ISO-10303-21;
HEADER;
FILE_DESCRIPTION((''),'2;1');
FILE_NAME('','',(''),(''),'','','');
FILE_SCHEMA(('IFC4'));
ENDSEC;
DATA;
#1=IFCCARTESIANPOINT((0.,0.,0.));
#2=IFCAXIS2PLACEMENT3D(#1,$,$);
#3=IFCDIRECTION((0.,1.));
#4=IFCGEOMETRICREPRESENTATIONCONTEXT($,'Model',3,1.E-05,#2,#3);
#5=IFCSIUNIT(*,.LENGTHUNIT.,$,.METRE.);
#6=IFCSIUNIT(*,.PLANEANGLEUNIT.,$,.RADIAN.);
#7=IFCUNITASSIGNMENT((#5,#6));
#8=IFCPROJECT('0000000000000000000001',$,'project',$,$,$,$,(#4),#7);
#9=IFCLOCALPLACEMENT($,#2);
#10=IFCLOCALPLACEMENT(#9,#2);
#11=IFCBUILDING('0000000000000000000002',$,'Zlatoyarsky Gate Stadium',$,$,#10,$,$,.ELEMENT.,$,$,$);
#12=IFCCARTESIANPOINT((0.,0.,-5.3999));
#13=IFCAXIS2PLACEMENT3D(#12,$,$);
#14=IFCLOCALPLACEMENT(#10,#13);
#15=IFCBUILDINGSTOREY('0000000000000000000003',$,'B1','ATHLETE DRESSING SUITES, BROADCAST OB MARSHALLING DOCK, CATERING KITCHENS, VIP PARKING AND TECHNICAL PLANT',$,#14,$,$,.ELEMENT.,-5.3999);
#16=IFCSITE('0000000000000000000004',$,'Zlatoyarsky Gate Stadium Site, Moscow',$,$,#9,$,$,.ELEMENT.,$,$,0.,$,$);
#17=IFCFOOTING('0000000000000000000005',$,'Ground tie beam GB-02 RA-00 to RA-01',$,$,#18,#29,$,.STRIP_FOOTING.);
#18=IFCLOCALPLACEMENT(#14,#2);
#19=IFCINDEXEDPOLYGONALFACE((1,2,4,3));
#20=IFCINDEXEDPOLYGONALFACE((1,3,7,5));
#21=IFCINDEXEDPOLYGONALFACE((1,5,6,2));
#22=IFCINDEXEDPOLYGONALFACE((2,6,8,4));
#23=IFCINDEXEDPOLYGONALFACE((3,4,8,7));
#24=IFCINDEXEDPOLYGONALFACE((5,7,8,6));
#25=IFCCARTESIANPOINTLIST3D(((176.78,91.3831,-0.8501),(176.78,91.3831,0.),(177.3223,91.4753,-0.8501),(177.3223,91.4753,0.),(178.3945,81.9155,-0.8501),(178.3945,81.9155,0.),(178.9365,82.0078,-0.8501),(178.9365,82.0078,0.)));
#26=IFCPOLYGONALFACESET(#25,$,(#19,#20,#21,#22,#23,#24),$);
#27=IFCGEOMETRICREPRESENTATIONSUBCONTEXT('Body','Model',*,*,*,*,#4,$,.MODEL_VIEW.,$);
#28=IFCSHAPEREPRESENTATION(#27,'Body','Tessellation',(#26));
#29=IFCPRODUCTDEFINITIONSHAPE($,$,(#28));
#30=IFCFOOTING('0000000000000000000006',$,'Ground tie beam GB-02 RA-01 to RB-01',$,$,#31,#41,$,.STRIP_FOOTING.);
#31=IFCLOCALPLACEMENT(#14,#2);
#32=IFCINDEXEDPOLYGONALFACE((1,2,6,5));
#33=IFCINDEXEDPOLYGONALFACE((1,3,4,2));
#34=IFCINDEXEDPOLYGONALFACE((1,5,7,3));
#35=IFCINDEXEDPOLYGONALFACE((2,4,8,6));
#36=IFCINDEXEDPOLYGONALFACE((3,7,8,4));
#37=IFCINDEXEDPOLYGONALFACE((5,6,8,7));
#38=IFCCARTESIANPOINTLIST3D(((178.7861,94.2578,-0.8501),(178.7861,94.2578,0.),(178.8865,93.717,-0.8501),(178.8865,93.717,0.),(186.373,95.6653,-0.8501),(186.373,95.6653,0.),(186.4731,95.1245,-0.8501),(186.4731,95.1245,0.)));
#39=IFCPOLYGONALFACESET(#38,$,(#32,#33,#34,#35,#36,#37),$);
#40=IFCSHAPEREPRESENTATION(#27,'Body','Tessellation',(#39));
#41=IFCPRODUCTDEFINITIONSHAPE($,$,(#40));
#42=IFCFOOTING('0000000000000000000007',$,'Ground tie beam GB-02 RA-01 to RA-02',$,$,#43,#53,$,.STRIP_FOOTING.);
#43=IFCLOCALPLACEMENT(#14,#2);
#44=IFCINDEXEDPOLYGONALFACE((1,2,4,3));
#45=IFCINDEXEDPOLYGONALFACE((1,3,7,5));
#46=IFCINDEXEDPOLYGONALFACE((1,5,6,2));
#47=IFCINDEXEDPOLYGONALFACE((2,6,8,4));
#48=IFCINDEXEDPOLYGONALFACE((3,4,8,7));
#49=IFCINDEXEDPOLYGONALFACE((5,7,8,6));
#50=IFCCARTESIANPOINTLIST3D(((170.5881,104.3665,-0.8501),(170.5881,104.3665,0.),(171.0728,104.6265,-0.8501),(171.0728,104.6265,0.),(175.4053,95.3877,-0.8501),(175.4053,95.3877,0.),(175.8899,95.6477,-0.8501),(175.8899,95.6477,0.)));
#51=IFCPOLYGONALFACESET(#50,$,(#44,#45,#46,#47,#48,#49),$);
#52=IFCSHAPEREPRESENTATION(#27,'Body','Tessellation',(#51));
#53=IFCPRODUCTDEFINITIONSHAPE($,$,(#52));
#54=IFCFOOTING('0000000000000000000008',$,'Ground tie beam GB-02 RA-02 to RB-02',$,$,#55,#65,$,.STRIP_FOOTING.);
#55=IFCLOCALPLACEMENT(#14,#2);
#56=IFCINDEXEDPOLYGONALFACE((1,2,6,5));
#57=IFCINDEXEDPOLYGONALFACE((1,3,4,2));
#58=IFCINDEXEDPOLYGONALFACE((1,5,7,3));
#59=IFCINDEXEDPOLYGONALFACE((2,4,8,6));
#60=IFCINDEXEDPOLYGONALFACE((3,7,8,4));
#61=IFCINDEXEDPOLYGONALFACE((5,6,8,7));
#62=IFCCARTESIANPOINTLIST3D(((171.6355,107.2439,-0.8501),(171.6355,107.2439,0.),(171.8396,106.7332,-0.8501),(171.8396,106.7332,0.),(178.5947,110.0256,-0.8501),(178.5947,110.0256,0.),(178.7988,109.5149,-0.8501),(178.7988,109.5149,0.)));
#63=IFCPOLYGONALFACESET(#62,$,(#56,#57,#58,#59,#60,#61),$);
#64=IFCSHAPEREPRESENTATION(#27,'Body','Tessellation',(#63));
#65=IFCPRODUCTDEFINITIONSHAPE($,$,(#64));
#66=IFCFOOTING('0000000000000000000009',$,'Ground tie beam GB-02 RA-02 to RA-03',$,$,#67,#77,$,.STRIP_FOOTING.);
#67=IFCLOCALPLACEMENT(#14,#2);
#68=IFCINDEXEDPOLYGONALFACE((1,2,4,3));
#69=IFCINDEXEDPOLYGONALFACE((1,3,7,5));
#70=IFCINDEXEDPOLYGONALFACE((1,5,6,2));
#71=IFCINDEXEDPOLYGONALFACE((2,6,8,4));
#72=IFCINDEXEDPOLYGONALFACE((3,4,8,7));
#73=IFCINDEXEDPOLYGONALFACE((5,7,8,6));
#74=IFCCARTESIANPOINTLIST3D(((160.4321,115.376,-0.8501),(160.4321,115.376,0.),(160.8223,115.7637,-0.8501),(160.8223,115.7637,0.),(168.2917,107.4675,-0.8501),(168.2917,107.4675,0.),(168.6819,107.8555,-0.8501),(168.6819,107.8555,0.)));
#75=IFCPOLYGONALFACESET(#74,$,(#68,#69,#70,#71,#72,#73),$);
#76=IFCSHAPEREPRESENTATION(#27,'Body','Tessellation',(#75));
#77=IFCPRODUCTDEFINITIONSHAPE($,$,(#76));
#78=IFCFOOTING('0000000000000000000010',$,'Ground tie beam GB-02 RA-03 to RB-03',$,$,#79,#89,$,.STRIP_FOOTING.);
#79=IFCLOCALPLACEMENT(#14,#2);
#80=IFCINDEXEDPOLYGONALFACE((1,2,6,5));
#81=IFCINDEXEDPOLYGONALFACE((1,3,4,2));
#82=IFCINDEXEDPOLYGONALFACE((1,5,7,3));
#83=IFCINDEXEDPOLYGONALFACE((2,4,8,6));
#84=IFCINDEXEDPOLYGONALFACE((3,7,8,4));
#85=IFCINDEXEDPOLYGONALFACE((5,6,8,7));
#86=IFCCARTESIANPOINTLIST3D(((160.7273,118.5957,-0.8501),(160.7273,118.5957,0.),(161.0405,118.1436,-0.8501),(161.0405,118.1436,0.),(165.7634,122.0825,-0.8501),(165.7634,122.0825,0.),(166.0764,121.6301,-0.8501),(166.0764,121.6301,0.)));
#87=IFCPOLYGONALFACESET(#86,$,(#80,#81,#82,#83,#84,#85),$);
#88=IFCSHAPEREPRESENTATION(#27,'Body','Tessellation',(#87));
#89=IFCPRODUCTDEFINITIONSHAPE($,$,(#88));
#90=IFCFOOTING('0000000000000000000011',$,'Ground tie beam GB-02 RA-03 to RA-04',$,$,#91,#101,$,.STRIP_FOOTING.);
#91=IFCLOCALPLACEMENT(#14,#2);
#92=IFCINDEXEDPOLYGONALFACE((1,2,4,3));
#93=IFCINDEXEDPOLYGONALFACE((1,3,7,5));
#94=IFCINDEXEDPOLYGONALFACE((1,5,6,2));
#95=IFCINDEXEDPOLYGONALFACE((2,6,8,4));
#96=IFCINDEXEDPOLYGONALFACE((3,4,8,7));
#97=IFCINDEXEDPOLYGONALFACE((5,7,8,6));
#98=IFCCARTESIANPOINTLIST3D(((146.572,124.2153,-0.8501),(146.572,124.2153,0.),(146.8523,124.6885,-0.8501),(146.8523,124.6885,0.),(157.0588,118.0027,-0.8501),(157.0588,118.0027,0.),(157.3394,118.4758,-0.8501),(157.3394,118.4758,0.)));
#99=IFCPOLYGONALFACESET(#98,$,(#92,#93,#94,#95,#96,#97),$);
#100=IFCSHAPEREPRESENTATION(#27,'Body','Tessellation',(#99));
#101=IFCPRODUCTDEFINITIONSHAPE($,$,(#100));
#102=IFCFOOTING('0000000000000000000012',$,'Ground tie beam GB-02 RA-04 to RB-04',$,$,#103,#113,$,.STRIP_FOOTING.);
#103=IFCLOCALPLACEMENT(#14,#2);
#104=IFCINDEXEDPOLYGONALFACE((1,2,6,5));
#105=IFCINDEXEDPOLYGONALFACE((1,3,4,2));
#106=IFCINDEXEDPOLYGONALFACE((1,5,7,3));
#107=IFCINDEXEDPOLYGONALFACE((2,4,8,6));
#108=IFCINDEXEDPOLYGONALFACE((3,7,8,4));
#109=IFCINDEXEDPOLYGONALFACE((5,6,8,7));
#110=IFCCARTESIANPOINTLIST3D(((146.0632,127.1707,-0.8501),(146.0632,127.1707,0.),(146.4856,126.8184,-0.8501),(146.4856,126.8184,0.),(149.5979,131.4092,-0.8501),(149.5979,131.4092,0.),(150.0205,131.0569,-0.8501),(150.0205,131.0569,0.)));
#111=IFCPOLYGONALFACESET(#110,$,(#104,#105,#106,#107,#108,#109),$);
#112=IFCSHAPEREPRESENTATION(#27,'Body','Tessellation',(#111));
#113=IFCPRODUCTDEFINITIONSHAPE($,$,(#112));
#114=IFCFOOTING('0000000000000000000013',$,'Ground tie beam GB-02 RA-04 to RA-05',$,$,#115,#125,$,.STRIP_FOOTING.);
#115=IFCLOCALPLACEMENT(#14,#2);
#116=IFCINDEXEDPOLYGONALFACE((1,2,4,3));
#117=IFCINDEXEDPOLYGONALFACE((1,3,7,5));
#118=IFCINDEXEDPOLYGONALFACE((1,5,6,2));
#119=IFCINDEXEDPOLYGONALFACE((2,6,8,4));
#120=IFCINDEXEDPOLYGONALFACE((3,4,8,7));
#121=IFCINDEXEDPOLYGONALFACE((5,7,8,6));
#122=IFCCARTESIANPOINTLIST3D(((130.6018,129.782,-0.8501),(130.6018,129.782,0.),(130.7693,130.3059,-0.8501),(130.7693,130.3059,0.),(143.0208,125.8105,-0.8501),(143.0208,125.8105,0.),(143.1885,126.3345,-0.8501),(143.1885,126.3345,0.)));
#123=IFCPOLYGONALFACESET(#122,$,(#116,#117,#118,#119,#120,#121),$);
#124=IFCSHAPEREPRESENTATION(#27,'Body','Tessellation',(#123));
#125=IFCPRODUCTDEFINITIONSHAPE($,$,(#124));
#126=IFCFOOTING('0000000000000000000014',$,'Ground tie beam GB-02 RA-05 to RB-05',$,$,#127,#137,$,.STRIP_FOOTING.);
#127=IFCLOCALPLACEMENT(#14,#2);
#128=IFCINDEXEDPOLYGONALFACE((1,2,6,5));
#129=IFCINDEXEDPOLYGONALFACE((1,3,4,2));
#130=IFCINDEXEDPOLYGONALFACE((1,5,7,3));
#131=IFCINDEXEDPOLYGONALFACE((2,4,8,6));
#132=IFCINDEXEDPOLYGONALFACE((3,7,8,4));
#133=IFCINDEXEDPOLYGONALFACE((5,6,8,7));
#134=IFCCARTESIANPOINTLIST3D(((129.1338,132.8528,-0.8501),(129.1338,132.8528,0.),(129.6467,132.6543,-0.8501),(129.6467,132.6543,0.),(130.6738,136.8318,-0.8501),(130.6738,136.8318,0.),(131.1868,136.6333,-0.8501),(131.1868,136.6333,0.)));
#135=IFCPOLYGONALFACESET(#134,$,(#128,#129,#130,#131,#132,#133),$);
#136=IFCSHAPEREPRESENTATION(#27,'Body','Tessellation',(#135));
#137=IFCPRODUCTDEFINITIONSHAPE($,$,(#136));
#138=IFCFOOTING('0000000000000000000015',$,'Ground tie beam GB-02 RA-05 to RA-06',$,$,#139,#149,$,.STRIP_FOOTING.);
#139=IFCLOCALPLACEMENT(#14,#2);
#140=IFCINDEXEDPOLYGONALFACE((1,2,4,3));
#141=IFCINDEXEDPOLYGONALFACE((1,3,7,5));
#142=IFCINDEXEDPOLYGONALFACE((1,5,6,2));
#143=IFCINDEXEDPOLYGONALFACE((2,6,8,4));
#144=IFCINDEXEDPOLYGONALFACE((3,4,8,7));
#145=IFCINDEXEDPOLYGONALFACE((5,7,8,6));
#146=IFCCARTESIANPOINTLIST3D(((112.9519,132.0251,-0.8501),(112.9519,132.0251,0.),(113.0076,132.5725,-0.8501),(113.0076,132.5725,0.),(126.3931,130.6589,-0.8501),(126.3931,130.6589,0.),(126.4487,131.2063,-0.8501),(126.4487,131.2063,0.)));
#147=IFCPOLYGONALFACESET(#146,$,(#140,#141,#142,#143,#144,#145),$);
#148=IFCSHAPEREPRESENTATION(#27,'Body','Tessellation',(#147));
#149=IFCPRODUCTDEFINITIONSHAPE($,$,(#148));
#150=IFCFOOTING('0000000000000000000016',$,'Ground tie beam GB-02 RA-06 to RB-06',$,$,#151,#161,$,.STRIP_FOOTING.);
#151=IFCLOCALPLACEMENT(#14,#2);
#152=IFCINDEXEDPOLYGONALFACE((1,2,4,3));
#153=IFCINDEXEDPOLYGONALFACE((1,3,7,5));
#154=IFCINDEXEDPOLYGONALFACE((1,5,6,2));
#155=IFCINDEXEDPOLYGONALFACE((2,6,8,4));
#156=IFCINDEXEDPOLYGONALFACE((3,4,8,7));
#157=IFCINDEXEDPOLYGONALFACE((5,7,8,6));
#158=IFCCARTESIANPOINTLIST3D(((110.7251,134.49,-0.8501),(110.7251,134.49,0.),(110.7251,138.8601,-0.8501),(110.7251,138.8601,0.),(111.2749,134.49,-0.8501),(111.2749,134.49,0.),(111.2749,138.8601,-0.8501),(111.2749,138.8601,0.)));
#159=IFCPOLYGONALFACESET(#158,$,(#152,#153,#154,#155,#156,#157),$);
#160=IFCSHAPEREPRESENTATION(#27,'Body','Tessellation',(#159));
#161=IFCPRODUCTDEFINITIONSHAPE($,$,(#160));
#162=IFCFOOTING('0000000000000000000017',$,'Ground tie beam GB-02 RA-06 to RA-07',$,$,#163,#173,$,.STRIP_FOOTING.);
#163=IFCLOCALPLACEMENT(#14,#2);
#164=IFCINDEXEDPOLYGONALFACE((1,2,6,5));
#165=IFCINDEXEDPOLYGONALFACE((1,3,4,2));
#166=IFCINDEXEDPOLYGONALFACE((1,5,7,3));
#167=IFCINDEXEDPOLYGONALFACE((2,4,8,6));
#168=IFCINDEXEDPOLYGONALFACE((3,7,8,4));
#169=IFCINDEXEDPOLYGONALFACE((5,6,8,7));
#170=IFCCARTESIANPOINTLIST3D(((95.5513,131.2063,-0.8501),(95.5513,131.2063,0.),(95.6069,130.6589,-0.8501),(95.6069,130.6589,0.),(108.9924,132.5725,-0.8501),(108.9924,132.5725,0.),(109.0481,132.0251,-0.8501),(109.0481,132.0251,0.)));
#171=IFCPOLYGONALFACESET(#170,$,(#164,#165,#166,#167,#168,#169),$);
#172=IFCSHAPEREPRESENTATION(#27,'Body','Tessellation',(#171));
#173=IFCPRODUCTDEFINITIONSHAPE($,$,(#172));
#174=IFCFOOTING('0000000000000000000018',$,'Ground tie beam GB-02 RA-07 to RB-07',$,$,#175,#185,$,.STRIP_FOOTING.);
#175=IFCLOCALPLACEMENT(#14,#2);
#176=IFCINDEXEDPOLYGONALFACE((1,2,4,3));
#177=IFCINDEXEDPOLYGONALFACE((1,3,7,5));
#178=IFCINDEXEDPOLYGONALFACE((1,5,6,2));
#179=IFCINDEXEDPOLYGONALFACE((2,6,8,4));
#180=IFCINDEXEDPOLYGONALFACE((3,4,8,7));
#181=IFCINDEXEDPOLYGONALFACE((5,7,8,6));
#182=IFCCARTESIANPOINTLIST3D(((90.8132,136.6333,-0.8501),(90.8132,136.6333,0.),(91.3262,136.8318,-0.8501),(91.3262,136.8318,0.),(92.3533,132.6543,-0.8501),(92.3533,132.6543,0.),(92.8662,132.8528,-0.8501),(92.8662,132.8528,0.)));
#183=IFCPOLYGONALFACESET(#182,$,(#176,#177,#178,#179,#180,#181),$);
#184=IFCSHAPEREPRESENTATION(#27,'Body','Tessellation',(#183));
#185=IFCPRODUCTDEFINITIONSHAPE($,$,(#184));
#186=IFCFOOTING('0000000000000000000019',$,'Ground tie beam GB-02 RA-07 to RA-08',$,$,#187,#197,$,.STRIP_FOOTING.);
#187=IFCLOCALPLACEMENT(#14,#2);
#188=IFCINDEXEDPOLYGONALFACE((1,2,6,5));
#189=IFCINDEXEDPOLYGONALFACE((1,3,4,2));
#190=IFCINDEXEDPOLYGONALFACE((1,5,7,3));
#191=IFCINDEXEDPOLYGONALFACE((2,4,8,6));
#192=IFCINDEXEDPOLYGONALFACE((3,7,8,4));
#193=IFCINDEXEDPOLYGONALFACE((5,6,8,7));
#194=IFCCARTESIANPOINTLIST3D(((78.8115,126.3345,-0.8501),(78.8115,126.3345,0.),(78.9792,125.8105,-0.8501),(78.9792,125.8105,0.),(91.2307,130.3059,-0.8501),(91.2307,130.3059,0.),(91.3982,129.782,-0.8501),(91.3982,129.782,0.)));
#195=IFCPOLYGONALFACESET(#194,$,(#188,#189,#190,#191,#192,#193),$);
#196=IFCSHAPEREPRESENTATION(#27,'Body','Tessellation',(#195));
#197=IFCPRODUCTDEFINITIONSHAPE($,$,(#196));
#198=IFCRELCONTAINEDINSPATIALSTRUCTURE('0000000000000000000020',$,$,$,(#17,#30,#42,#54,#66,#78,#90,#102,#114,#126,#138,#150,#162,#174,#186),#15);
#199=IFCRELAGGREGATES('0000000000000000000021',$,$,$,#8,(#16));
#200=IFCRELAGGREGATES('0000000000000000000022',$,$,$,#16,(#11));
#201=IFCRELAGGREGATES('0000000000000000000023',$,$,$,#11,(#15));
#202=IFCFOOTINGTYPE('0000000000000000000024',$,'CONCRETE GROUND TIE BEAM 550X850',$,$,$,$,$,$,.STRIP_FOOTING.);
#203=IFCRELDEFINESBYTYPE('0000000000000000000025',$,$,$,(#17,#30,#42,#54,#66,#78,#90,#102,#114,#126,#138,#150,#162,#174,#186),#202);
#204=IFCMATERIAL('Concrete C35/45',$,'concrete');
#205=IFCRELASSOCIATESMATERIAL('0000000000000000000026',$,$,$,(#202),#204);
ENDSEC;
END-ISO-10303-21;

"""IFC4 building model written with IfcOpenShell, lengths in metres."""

from ifc_helpers import new_model, si_unit, direction, frame, origin, origin_2d, place, context, subcontext, project, spatial, polyline, rectangle, outline, extrude, material, material_profile, profile_set, type_object, element, save


model = new_model("IFC4")

# Units and contexts
model_context = context("Model", 3, precision=1e-05, world=origin(), true_north=direction((0.0, 1.0)))
body_context = subcontext(model_context, "Body", "Model", "MODEL_VIEW")
ifc_project = project(units=[si_unit("LENGTHUNIT", "METRE"), si_unit("PLANEANGLEUNIT", "RADIAN")], contexts=[model_context])

# Site, building, storey
site_placement = place(None, origin())
site = spatial("IfcSite", under=ifc_project, at=site_placement, Name="Zlatoyarsky Gate Stadium Site, Moscow", CompositionType="ELEMENT", RefElevation=0.0)
building_placement = place(site_placement, origin())
building = spatial("IfcBuilding", under=site, at=building_placement, Name="Zlatoyarsky Gate Stadium", CompositionType="ELEMENT")
storey_placement = place(building_placement, frame((0.0, 0.0, -5.3999)))
storey = spatial("IfcBuildingStorey", under=building, at=storey_placement, Name="B1", Description="ATHLETE DRESSING SUITES, BROADCAST OB MARSHALLING DOCK, CATERING KITCHENS, VIP PARKING AND TECHNICAL PLANT", CompositionType="ELEMENT", Elevation=-5.3999)

# Footings
ifc_material = material(Name="Concrete C35/45", Category="concrete")
ifc_material_profile = material_profile(ifc_material, rectangle(XDim=0.55, YDim=0.8501, at=origin_2d()), Name="GB 550X850")
ifc_profile_set = profile_set([ifc_material_profile], Name="Concrete C35/45")
footing_type = type_object("IfcFootingType", Name="CONCRETE GROUND TIE BEAM 550X850", PredefinedType="STRIP_FOOTING", material=ifc_profile_set)
footing_1_placement = place(storey_placement, frame((0.0, 0.0, -0.8501)))
element("IfcFooting", 1, at=footing_1_placement, inside=storey, type_object=footing_type, Name="Ground tie beam GB-02 RA-00 to RA-01", PredefinedType="STRIP_FOOTING", context=body_context, shape_type="SweptSolid", body=[
    extrude(outline(polyline([(178.9365, 82.0078), (177.3223, 91.4753), (176.78, 91.3831), (178.3945, 81.9155), (178.9365, 82.0078)])), origin(), (0.0, 0.0, 1.0), 0.8501),
])
footing_2_placement = place(storey_placement, frame((0.0, 0.0, -0.8501)))
element("IfcFooting", 2, at=footing_2_placement, inside=storey, type_object=footing_type, Name="Ground tie beam GB-02 RA-01 to RB-01", PredefinedType="STRIP_FOOTING", context=body_context, shape_type="SweptSolid", body=[
    extrude(outline(polyline([(178.8865, 93.717), (186.4731, 95.1245), (186.373, 95.6653), (178.7861, 94.2578), (178.8865, 93.717)])), origin(), (0.0, 0.0, 1.0), 0.8501),
])
footing_3_placement = place(storey_placement, frame((0.0, 0.0, -0.8501)))
element("IfcFooting", 3, at=footing_3_placement, inside=storey, type_object=footing_type, Name="Ground tie beam GB-02 RA-01 to RA-02", PredefinedType="STRIP_FOOTING", context=body_context, shape_type="SweptSolid", body=[
    extrude(outline(polyline([(175.8899, 95.6477), (171.0728, 104.6265), (170.5881, 104.3665), (175.4053, 95.3877), (175.8899, 95.6477)])), origin(), (0.0, 0.0, 1.0), 0.8501),
])
footing_4_placement = place(storey_placement, frame((0.0, 0.0, -0.8501)))
element("IfcFooting", 4, at=footing_4_placement, inside=storey, type_object=footing_type, Name="Ground tie beam GB-02 RA-02 to RB-02", PredefinedType="STRIP_FOOTING", context=body_context, shape_type="SweptSolid", body=[
    extrude(outline(polyline([(171.8396, 106.7332), (178.7988, 109.5149), (178.5947, 110.0256), (171.6355, 107.2439), (171.8396, 106.7332)])), origin(), (0.0, 0.0, 1.0), 0.8501),
])
footing_5_placement = place(storey_placement, frame((0.0, 0.0, -0.8501)))
element("IfcFooting", 5, at=footing_5_placement, inside=storey, type_object=footing_type, Name="Ground tie beam GB-02 RA-02 to RA-03", PredefinedType="STRIP_FOOTING", context=body_context, shape_type="SweptSolid", body=[
    extrude(outline(polyline([(168.6819, 107.8555), (160.8223, 115.7637), (160.4321, 115.376), (168.2917, 107.4675), (168.6819, 107.8555)])), origin(), (0.0, 0.0, 1.0), 0.8501),
])
footing_6_placement = place(storey_placement, frame((0.0, 0.0, -0.8501)))
element("IfcFooting", 6, at=footing_6_placement, inside=storey, type_object=footing_type, Name="Ground tie beam GB-02 RA-03 to RB-03", PredefinedType="STRIP_FOOTING", context=body_context, shape_type="SweptSolid", body=[
    extrude(outline(polyline([(161.0405, 118.1436), (166.0764, 121.6301), (165.7634, 122.0825), (160.7273, 118.5957), (161.0405, 118.1436)])), origin(), (0.0, 0.0, 1.0), 0.8501),
])
footing_7_placement = place(storey_placement, frame((0.0, 0.0, -0.8501)))
element("IfcFooting", 7, at=footing_7_placement, inside=storey, type_object=footing_type, Name="Ground tie beam GB-02 RA-03 to RA-04", PredefinedType="STRIP_FOOTING", context=body_context, shape_type="SweptSolid", body=[
    extrude(outline(polyline([(157.3394, 118.4758), (146.8523, 124.6885), (146.572, 124.2153), (157.0588, 118.0027), (157.3394, 118.4758)])), origin(), (0.0, 0.0, 1.0), 0.8501),
])
footing_8_placement = place(storey_placement, frame((0.0, 0.0, -0.8501)))
element("IfcFooting", 8, at=footing_8_placement, inside=storey, type_object=footing_type, Name="Ground tie beam GB-02 RA-04 to RB-04", PredefinedType="STRIP_FOOTING", context=body_context, shape_type="SweptSolid", body=[
    extrude(outline(polyline([(146.4856, 126.8184), (150.0205, 131.0569), (149.5979, 131.4092), (146.0632, 127.1707), (146.4856, 126.8184)])), origin(), (0.0, 0.0, 1.0), 0.8501),
])
footing_9_placement = place(storey_placement, frame((0.0, 0.0, -0.8501)))
element("IfcFooting", 9, at=footing_9_placement, inside=storey, type_object=footing_type, Name="Ground tie beam GB-02 RA-04 to RA-05", PredefinedType="STRIP_FOOTING", context=body_context, shape_type="SweptSolid", body=[
    extrude(outline(polyline([(143.1885, 126.3345), (130.7693, 130.3059), (130.6018, 129.782), (143.0208, 125.8105), (143.1885, 126.3345)])), origin(), (0.0, 0.0, 1.0), 0.8501),
])
footing_10_placement = place(storey_placement, frame((0.0, 0.0, -0.8501)))
element("IfcFooting", 10, at=footing_10_placement, inside=storey, type_object=footing_type, Name="Ground tie beam GB-02 RA-05 to RB-05", PredefinedType="STRIP_FOOTING", context=body_context, shape_type="SweptSolid", body=[
    extrude(outline(polyline([(129.6467, 132.6543), (131.1868, 136.6333), (130.6738, 136.8318), (129.1338, 132.8528), (129.6467, 132.6543)])), origin(), (0.0, 0.0, 1.0), 0.8501),
])
footing_11_placement = place(storey_placement, frame((0.0, 0.0, -0.8501)))
element("IfcFooting", 11, at=footing_11_placement, inside=storey, type_object=footing_type, Name="Ground tie beam GB-02 RA-05 to RA-06", PredefinedType="STRIP_FOOTING", context=body_context, shape_type="SweptSolid", body=[
    extrude(outline(polyline([(126.4487, 131.2063), (113.0076, 132.5725), (112.9519, 132.0251), (126.3931, 130.6589), (126.4487, 131.2063)])), origin(), (0.0, 0.0, 1.0), 0.8501),
])
footing_12_placement = place(storey_placement, frame((0.0, 0.0, -0.8501)))
element("IfcFooting", 12, at=footing_12_placement, inside=storey, type_object=footing_type, Name="Ground tie beam GB-02 RA-06 to RB-06", PredefinedType="STRIP_FOOTING", context=body_context, shape_type="SweptSolid", body=[
    extrude(outline(polyline([(111.2749, 134.49), (111.2749, 138.8601), (110.7251, 138.8601), (110.7251, 134.49), (111.2749, 134.49)])), origin(), (0.0, 0.0, 1.0), 0.8501),
])
footing_13_placement = place(storey_placement, frame((0.0, 0.0, -0.8501)))
element("IfcFooting", 13, at=footing_13_placement, inside=storey, type_object=footing_type, Name="Ground tie beam GB-02 RA-06 to RA-07", PredefinedType="STRIP_FOOTING", context=body_context, shape_type="SweptSolid", body=[
    extrude(outline(polyline([(108.9924, 132.5725), (95.5513, 131.2063), (95.6069, 130.6589), (109.0481, 132.0251), (108.9924, 132.5725)])), origin(), (0.0, 0.0, 1.0), 0.8501),
])
footing_14_placement = place(storey_placement, frame((0.0, 0.0, -0.8501)))
element("IfcFooting", 14, at=footing_14_placement, inside=storey, type_object=footing_type, Name="Ground tie beam GB-02 RA-07 to RB-07", PredefinedType="STRIP_FOOTING", context=body_context, shape_type="SweptSolid", body=[
    extrude(outline(polyline([(92.8662, 132.8528), (91.3262, 136.8318), (90.8132, 136.6333), (92.3533, 132.6543), (92.8662, 132.8528)])), origin(), (0.0, 0.0, 1.0), 0.8501),
])
footing_15_placement = place(storey_placement, frame((0.0, 0.0, -0.8501)))
element("IfcFooting", 15, at=footing_15_placement, inside=storey, type_object=footing_type, Name="Ground tie beam GB-02 RA-07 to RA-08", PredefinedType="STRIP_FOOTING", context=body_context, shape_type="SweptSolid", body=[
    extrude(outline(polyline([(91.2307, 130.3059), (78.8115, 126.3345), (78.9792, 125.8105), (91.3982, 129.782), (91.2307, 130.3059)])), origin(), (0.0, 0.0, 1.0), 0.8501),
])

save(model, "model.ifc")
